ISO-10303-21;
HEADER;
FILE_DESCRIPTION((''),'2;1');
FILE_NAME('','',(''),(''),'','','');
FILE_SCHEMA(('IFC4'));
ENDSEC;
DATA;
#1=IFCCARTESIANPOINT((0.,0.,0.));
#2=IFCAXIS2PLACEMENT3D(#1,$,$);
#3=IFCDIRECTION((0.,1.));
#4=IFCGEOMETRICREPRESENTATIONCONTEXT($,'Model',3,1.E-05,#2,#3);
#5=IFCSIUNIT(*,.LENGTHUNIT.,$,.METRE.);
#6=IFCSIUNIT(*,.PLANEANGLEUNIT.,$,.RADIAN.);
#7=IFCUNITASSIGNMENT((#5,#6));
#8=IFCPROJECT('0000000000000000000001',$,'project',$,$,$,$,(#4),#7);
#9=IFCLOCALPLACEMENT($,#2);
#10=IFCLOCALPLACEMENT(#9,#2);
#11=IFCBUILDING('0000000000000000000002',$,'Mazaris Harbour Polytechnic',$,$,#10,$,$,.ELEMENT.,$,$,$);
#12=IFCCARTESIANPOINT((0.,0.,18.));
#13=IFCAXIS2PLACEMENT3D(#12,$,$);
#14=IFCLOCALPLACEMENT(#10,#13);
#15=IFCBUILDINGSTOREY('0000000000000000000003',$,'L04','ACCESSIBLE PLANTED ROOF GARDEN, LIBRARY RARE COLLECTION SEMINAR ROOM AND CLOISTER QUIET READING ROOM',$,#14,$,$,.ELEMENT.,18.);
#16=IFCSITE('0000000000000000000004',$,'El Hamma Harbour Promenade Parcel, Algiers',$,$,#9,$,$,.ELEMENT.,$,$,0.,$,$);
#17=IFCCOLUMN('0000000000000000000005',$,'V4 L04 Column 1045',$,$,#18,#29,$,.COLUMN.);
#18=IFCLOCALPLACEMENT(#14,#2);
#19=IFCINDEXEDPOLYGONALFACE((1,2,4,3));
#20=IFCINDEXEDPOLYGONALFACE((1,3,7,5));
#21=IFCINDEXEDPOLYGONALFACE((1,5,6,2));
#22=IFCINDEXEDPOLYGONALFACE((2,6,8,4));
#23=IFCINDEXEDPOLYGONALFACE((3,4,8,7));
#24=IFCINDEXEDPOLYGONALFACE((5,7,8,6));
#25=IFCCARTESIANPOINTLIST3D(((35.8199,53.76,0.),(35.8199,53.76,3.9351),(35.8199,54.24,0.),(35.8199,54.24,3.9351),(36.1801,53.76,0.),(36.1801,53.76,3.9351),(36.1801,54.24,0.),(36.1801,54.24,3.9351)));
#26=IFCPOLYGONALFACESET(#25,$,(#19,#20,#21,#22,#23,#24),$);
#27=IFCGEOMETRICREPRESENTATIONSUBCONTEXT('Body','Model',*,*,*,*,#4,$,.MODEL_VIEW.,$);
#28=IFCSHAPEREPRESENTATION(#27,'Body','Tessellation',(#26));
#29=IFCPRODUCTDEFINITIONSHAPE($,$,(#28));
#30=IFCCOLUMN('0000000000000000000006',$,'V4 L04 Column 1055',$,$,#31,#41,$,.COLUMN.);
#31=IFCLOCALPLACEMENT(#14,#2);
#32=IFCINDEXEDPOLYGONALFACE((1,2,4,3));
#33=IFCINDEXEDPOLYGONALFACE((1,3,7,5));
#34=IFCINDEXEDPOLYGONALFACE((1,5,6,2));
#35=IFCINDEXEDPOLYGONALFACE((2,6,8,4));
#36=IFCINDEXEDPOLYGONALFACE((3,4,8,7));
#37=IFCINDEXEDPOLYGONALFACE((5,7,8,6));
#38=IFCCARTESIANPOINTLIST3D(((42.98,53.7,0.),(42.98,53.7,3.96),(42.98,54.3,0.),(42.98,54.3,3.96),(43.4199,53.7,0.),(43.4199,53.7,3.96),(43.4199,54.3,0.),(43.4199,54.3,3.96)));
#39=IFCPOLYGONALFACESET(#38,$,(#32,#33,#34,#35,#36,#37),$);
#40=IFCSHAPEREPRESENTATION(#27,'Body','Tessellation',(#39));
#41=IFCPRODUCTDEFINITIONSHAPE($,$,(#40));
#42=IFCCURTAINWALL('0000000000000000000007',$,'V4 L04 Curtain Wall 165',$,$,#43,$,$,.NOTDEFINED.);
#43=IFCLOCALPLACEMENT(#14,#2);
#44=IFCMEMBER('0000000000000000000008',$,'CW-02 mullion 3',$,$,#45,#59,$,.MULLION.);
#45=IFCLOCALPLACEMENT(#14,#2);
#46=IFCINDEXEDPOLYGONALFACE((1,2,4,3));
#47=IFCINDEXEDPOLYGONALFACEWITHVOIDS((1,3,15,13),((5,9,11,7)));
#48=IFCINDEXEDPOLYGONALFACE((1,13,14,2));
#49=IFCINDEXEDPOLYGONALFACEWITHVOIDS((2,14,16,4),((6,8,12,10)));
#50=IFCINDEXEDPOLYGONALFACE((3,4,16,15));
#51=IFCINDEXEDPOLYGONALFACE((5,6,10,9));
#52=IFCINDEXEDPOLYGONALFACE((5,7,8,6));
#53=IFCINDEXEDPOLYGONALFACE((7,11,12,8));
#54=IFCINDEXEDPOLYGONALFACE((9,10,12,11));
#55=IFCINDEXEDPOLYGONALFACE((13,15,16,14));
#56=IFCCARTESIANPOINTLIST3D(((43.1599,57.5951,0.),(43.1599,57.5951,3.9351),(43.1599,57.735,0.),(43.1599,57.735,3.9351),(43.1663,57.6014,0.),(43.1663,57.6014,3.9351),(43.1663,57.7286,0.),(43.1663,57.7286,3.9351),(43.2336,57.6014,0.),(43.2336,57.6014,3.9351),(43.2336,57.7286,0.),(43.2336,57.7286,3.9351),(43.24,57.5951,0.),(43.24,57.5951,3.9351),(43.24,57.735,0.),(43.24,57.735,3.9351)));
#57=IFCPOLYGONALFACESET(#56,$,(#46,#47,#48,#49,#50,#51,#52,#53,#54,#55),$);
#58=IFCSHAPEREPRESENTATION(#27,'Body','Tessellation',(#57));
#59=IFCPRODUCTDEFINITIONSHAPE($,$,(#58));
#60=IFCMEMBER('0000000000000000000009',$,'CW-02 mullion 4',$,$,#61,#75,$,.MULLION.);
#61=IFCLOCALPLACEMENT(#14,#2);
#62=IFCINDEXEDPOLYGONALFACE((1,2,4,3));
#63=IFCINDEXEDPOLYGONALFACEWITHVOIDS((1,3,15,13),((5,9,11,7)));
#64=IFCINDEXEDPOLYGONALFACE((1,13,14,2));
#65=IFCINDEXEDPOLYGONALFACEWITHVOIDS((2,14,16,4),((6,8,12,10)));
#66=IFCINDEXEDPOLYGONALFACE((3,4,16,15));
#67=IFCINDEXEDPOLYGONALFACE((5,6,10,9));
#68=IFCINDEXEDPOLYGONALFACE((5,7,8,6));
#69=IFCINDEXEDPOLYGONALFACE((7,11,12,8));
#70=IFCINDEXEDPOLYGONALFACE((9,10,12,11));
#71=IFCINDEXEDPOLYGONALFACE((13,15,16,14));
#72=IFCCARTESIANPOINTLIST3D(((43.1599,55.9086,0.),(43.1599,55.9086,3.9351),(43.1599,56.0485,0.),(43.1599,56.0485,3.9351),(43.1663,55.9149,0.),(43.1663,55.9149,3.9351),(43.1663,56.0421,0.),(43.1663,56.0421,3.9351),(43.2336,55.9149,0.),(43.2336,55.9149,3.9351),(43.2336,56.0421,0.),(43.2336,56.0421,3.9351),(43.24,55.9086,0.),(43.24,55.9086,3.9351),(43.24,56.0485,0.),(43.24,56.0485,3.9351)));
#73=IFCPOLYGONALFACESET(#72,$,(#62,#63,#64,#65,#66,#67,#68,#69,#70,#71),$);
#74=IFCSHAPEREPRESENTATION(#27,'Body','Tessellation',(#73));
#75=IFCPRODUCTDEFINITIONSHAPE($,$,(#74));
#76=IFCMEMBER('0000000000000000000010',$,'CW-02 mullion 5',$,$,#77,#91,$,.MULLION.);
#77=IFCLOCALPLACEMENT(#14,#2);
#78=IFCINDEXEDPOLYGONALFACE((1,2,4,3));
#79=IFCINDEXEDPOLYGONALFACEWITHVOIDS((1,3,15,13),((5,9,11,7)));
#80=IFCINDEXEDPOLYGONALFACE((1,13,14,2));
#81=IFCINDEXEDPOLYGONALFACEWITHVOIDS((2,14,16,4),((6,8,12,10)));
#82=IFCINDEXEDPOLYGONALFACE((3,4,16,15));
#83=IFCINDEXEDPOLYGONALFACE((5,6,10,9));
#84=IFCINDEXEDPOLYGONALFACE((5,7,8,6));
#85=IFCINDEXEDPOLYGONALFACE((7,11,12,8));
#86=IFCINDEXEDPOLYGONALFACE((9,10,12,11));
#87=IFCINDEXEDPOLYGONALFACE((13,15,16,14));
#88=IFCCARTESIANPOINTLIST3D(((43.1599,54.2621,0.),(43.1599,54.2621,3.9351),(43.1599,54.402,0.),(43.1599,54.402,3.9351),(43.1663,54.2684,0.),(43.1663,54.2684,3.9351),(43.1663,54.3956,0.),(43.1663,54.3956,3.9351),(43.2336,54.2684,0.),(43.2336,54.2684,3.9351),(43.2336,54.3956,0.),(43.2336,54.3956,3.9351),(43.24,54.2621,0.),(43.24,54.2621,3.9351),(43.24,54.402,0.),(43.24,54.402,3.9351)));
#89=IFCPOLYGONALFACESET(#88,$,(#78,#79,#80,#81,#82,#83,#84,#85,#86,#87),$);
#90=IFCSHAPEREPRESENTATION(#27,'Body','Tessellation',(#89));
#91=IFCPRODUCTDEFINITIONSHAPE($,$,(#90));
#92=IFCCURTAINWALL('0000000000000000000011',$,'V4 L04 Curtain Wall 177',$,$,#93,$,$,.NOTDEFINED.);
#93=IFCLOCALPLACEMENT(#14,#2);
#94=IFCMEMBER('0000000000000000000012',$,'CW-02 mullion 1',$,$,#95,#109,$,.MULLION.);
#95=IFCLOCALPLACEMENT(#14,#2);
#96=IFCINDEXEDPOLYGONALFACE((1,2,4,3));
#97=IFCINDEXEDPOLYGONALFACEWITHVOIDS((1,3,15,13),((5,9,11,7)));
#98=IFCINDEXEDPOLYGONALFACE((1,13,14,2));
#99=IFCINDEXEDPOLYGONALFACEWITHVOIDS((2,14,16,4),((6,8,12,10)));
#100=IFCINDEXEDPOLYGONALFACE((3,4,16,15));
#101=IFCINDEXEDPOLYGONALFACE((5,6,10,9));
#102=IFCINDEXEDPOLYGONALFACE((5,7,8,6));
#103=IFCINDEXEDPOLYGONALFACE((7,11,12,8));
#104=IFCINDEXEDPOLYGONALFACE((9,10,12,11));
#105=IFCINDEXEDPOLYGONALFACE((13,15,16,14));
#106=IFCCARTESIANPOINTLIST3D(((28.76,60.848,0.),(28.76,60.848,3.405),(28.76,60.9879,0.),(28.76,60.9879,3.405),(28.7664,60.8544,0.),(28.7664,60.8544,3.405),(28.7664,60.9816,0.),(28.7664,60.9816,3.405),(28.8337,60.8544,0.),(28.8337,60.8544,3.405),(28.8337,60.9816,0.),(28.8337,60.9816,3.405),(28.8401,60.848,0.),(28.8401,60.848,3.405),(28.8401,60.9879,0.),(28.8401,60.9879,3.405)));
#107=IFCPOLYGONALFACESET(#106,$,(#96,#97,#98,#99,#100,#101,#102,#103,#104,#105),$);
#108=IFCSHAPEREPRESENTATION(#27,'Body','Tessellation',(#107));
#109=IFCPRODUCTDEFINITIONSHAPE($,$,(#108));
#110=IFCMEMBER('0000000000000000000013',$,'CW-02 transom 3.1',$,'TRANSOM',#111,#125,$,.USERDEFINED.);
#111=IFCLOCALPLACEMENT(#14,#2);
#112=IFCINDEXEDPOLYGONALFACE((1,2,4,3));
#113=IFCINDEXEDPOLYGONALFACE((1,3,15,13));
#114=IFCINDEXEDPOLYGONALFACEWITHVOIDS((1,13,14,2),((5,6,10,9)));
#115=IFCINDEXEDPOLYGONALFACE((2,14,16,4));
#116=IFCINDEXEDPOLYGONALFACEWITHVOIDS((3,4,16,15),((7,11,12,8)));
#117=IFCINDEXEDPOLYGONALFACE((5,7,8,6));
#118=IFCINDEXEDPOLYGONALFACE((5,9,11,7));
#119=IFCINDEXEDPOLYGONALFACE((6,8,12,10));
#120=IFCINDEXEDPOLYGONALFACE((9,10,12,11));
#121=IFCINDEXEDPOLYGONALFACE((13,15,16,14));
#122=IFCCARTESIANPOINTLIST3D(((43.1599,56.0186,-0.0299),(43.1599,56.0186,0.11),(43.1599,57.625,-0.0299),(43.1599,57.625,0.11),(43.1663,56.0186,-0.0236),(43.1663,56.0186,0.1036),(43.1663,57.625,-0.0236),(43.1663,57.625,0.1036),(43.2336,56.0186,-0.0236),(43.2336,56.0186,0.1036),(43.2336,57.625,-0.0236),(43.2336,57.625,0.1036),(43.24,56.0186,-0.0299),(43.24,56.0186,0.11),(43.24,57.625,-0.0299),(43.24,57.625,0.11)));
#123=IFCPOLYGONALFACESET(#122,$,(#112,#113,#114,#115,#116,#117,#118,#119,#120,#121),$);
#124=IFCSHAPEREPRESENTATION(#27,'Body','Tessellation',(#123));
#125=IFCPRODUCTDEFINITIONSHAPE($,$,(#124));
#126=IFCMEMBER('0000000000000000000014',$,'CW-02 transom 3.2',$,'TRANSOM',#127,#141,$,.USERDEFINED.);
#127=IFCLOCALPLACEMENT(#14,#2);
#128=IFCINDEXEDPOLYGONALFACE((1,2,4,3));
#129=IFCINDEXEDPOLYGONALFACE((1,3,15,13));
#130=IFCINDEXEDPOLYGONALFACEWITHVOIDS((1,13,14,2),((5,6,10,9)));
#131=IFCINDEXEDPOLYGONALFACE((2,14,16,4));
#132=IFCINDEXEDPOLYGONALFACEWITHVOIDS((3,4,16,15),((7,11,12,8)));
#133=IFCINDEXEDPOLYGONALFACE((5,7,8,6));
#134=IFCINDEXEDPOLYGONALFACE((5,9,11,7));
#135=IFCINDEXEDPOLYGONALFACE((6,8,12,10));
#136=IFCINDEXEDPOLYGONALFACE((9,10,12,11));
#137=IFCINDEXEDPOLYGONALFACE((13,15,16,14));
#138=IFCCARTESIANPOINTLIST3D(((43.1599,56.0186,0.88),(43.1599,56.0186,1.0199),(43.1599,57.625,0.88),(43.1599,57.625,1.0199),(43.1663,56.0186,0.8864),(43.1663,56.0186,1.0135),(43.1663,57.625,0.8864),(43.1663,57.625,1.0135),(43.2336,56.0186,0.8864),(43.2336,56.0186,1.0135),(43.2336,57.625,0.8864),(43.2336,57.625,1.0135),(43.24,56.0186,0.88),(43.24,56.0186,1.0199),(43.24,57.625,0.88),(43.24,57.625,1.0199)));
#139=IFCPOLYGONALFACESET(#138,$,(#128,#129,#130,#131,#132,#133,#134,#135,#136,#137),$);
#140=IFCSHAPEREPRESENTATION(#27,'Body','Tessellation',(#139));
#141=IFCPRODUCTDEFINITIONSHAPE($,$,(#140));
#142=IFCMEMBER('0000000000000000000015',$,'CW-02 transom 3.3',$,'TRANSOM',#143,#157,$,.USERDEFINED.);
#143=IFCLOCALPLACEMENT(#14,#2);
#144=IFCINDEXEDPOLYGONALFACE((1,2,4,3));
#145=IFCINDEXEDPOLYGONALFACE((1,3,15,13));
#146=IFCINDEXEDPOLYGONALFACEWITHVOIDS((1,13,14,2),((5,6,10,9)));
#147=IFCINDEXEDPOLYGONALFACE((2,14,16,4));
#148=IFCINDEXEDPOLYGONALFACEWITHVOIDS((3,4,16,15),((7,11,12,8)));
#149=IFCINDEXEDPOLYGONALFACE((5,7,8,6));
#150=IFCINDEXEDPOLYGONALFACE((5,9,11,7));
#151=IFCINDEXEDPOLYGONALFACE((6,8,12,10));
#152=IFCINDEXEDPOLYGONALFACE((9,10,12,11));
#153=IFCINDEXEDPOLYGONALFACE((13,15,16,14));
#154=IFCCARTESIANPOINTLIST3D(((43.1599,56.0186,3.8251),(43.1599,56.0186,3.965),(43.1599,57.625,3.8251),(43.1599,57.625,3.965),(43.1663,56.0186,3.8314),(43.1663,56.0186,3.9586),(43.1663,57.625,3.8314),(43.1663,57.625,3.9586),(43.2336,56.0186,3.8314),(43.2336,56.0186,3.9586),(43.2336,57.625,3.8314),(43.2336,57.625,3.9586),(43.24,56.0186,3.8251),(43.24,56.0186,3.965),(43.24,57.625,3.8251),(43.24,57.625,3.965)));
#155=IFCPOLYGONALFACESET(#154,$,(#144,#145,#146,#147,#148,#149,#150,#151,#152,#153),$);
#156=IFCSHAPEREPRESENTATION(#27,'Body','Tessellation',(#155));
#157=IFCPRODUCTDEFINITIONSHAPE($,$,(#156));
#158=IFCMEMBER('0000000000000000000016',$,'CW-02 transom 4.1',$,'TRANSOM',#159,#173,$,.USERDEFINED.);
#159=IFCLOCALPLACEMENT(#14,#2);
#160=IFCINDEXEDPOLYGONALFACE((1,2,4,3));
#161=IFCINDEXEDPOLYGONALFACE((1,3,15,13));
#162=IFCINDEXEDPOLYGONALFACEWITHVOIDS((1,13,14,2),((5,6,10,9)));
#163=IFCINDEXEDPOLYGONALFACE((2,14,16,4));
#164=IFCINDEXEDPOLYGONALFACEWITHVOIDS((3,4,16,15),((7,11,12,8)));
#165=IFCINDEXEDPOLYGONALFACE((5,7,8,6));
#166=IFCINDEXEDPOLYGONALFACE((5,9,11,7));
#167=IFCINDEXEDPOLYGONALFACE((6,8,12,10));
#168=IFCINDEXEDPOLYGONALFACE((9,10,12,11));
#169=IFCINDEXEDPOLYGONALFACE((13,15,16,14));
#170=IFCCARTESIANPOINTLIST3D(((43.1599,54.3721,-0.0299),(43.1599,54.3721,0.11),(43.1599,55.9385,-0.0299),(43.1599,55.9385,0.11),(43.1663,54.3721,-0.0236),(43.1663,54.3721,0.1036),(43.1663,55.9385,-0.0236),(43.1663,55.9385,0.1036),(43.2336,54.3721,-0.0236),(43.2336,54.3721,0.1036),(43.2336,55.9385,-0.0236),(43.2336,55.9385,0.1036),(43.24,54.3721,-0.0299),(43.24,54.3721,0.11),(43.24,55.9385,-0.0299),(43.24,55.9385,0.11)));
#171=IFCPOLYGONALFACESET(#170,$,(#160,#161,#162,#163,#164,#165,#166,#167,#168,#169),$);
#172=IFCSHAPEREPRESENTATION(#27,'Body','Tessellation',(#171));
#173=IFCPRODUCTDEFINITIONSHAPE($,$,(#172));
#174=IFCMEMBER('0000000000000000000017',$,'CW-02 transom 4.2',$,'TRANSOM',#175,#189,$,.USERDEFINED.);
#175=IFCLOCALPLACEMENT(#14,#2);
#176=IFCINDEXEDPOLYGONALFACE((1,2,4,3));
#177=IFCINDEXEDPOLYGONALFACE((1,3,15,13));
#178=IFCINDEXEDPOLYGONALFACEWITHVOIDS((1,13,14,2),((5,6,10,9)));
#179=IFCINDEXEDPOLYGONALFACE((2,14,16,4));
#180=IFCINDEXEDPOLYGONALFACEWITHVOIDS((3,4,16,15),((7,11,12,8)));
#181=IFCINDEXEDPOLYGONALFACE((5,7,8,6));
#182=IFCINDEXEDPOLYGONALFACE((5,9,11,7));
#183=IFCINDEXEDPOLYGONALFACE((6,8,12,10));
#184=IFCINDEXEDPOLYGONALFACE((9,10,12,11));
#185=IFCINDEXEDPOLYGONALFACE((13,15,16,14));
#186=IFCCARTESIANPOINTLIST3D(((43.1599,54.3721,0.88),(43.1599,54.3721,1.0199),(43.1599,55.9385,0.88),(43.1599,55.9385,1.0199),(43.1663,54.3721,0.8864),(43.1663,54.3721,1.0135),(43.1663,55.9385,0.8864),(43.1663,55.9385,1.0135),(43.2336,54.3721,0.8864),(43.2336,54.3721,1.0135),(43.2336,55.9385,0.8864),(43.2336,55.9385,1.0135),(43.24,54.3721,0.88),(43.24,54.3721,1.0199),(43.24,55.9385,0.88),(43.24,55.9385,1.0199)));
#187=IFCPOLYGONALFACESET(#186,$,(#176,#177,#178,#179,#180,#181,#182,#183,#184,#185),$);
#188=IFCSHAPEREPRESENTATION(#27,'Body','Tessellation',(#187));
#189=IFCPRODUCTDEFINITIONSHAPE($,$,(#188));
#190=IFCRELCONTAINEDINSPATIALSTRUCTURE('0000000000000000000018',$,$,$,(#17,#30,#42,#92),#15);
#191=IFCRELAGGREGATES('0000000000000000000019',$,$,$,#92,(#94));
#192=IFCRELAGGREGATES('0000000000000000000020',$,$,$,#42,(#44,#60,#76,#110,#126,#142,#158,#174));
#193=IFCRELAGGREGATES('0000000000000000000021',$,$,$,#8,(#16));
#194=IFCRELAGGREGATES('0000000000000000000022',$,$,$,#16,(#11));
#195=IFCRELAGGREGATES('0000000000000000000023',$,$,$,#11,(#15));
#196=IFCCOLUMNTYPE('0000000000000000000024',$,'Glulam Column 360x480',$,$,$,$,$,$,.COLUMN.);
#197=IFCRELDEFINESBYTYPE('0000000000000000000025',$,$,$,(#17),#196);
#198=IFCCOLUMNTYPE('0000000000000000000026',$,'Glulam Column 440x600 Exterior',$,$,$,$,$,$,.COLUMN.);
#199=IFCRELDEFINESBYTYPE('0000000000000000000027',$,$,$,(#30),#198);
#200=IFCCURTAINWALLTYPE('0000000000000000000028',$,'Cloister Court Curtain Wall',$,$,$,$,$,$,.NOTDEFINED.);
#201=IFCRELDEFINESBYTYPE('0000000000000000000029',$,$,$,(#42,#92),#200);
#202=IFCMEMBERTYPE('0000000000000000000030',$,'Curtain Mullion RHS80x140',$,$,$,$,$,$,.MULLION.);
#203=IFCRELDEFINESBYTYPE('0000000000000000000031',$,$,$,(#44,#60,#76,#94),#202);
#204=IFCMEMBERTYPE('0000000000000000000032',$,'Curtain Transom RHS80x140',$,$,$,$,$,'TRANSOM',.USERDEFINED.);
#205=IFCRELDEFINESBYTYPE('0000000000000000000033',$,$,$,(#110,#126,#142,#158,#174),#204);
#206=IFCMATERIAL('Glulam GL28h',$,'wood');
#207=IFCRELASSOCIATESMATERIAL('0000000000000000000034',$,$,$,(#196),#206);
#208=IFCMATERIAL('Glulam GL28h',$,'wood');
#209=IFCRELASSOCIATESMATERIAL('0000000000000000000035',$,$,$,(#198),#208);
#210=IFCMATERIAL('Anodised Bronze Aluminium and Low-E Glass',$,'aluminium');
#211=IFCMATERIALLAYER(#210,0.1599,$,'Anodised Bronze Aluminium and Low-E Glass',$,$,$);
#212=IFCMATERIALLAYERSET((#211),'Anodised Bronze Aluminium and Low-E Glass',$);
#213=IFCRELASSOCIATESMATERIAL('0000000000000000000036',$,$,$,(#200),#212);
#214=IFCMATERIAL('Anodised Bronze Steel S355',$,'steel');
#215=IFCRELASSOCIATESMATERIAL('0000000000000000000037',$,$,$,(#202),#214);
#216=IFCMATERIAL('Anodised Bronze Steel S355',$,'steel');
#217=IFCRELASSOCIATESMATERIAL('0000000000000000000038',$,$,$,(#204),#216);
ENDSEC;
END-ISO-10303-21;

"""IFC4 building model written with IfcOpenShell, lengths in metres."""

from ifc_helpers import new_model, si_unit, direction, frame, origin, origin_2d, place, context, subcontext, project, spatial, rectangle, hollow_rectangle, extrude, material, layer, layer_set, material_profile, profile_set, type_object, element, aggregate, save


model = new_model("IFC4")

# Units and contexts
model_context = context("Model", 3, precision=1e-05, world=origin(), true_north=direction((0.0, 1.0)))
body_context = subcontext(model_context, "Body", "Model", "MODEL_VIEW")
ifc_project = project(units=[si_unit("LENGTHUNIT", "METRE"), si_unit("PLANEANGLEUNIT", "RADIAN")], contexts=[model_context])

# Site, building, storey
site_placement = place(None, origin())
site = spatial("IfcSite", under=ifc_project, at=site_placement, Name="El Hamma Harbour Promenade Parcel, Algiers", CompositionType="ELEMENT", RefElevation=0.0)
building_placement = place(site_placement, origin())
building = spatial("IfcBuilding", under=site, at=building_placement, Name="Mazaris Harbour Polytechnic", CompositionType="ELEMENT")
storey_placement = place(building_placement, frame((0.0, 0.0, 18.0)))
storey = spatial("IfcBuildingStorey", under=building, at=storey_placement, Name="L04", Description="ACCESSIBLE PLANTED ROOF GARDEN, LIBRARY RARE COLLECTION SEMINAR ROOM AND CLOISTER QUIET READING ROOM", CompositionType="ELEMENT", Elevation=18.0)

# Columns
ifc_material_1 = material(Name="Glulam GL28h", Category="wood")
ifc_material_profile_1 = material_profile(ifc_material_1, rectangle(XDim=0.3601, YDim=0.48, at=origin_2d()), Name="RECT360x480")
ifc_profile_set_1 = profile_set([ifc_material_profile_1], Name="Glulam GL28h")
column_type_1 = type_object("IfcColumnType", Name="Glulam Column 360x480", PredefinedType="COLUMN", material=ifc_profile_set_1)
column_1_placement = place(storey_placement, frame((36.0, 54.0, 0.0), z_axis=(0.0, 0.0, 1.0), x_axis=(1.0, 0.0, 0.0)))
element("IfcColumn", 1, at=column_1_placement, inside=storey, type_object=column_type_1, Name="V4 L04 Column 1045", PredefinedType="COLUMN", context=body_context, shape_type="SweptSolid", body=[
    extrude(rectangle(XDim=0.3601, YDim=0.48, at=origin_2d()), origin(), (0.0, 0.0, 1.0), 3.9351),
])
ifc_material_2 = material(Name="Glulam GL28h", Category="wood")
ifc_material_profile_2 = material_profile(ifc_material_2, rectangle(XDim=0.4399, YDim=0.6001, at=origin_2d()), Name="RECT440x600")
ifc_profile_set_2 = profile_set([ifc_material_profile_2], Name="Glulam GL28h")
column_type_2 = type_object("IfcColumnType", Name="Glulam Column 440x600 Exterior", PredefinedType="COLUMN", material=ifc_profile_set_2)
column_2_placement = place(storey_placement, frame((43.2, 54.0, 0.0), z_axis=(0.0, 0.0, 1.0), x_axis=(1.0, 0.0, 0.0)))
element("IfcColumn", 2, at=column_2_placement, inside=storey, type_object=column_type_2, Name="V4 L04 Column 1055", PredefinedType="COLUMN", context=body_context, shape_type="SweptSolid", body=[
    extrude(rectangle(XDim=0.4399, YDim=0.6001, at=origin_2d()), origin(), (0.0, 0.0, 1.0), 3.96),
])

# Curtain wall, members
ifc_material_3 = material(Name="Anodised Bronze Aluminium and Low-E Glass", Category="aluminium")
ifc_layer_1 = layer(ifc_material_3, 0.1599, Name="Anodised Bronze Aluminium and Low-E Glass")
ifc_layer_set_1 = layer_set([ifc_layer_1], Name="Anodised Bronze Aluminium and Low-E Glass")
curtain_wall_type = type_object("IfcCurtainWallType", Name="Cloister Court Curtain Wall", PredefinedType="NOTDEFINED", material=ifc_layer_set_1)
curtain_wall_1_placement = place(storey_placement, origin())
curtain_wall_1 = element("IfcCurtainWall", 3, at=curtain_wall_1_placement, inside=storey, type_object=curtain_wall_type, Name="V4 L04 Curtain Wall 165", PredefinedType="NOTDEFINED")
ifc_material_4 = material(Name="Anodised Bronze Steel S355", Category="steel")
ifc_material_profile_3 = material_profile(ifc_material_4, hollow_rectangle(XDim=0.0801, YDim=0.1399, WallThickness=0.0063, at=origin_2d()), Name="RHS 80x140x6.3")
ifc_profile_set_3 = profile_set([ifc_material_profile_3], Name="Anodised Bronze Steel S355")
member_type_1 = type_object("IfcMemberType", Name="Curtain Mullion RHS80x140", PredefinedType="MULLION", material=ifc_profile_set_3)
member_1_placement = place(storey_placement, frame((43.2, 57.665, 0.0), z_axis=(0.0, 0.0, 1.0), x_axis=(1.0, 0.0, 0.0)))
member_1 = element("IfcMember", 4, at=member_1_placement, type_object=member_type_1, Name="CW-02 mullion 3", PredefinedType="MULLION", context=body_context, shape_type="SweptSolid", body=[
    extrude(hollow_rectangle(XDim=0.0801, YDim=0.1399, WallThickness=0.0063, at=origin_2d()), origin(), (0.0, 0.0, 1.0), 3.9351),
])
member_2_placement = place(storey_placement, frame((43.2, 55.9785, 0.0), z_axis=(0.0, 0.0, 1.0), x_axis=(1.0, 0.0, 0.0)))
member_2 = element("IfcMember", 5, at=member_2_placement, type_object=member_type_1, Name="CW-02 mullion 4", PredefinedType="MULLION", context=body_context, shape_type="SweptSolid", body=[
    extrude(hollow_rectangle(XDim=0.0801, YDim=0.1399, WallThickness=0.0063, at=origin_2d()), origin(), (0.0, 0.0, 1.0), 3.9351),
])
member_3_placement = place(storey_placement, frame((43.2, 54.332, 0.0), z_axis=(0.0, 0.0, 1.0), x_axis=(1.0, 0.0, 0.0)))
member_3 = element("IfcMember", 6, at=member_3_placement, type_object=member_type_1, Name="CW-02 mullion 5", PredefinedType="MULLION", context=body_context, shape_type="SweptSolid", body=[
    extrude(hollow_rectangle(XDim=0.0801, YDim=0.1399, WallThickness=0.0063, at=origin_2d()), origin(), (0.0, 0.0, 1.0), 3.9351),
])

# Curtain wall, member
curtain_wall_2_placement = place(storey_placement, origin())
curtain_wall_2 = element("IfcCurtainWall", 7, at=curtain_wall_2_placement, inside=storey, type_object=curtain_wall_type, Name="V4 L04 Curtain Wall 177", PredefinedType="NOTDEFINED")
member_4_placement = place(storey_placement, frame((28.8, 60.918, 0.0), z_axis=(0.0, 0.0, 1.0), x_axis=(1.0, 0.0, 0.0)))
member_4 = element("IfcMember", 8, at=member_4_placement, type_object=member_type_1, Name="CW-02 mullion 1", PredefinedType="MULLION", context=body_context, shape_type="SweptSolid", body=[
    extrude(hollow_rectangle(XDim=0.0801, YDim=0.1399, WallThickness=0.0063, at=origin_2d()), origin(), (0.0, 0.0, 1.0), 3.405),
])

# Members
ifc_material_5 = material(Name="Anodised Bronze Steel S355", Category="steel")
ifc_material_profile_4 = material_profile(ifc_material_5, hollow_rectangle(XDim=0.0801, YDim=0.1399, WallThickness=0.0063, at=origin_2d()), Name="RHS 80x140x6.3")
ifc_profile_set_4 = profile_set([ifc_material_profile_4], Name="Anodised Bronze Steel S355")
member_type_2 = type_object("IfcMemberType", Name="Curtain Transom RHS80x140", ElementType="TRANSOM", PredefinedType="USERDEFINED", material=ifc_profile_set_4)
member_5_placement = place(storey_placement, frame((43.2, 57.625, 0.04), z_axis=(0.0, -1.0, 0.0), x_axis=(1.0, 0.0, 0.0)))
member_5 = element("IfcMember", 9, at=member_5_placement, type_object=member_type_2, Name="CW-02 transom 3.1", ObjectType="TRANSOM", PredefinedType="USERDEFINED", context=body_context, shape_type="SweptSolid", body=[
    extrude(hollow_rectangle(XDim=0.0801, YDim=0.1399, WallThickness=0.0063, at=origin_2d()), origin(), (0.0, 0.0, 1.0), 1.6064),
])
member_6_placement = place(storey_placement, frame((43.2, 57.625, 0.95), z_axis=(0.0, -1.0, 0.0), x_axis=(1.0, 0.0, 0.0)))
member_6 = element("IfcMember", 10, at=member_6_placement, type_object=member_type_2, Name="CW-02 transom 3.2", ObjectType="TRANSOM", PredefinedType="USERDEFINED", context=body_context, shape_type="SweptSolid", body=[
    extrude(hollow_rectangle(XDim=0.0801, YDim=0.1399, WallThickness=0.0063, at=origin_2d()), origin(), (0.0, 0.0, 1.0), 1.6064),
])
member_7_placement = place(storey_placement, frame((43.2, 57.625, 3.895), z_axis=(0.0, -1.0, 0.0), x_axis=(1.0, 0.0, 0.0)))
member_7 = element("IfcMember", 11, at=member_7_placement, type_object=member_type_2, Name="CW-02 transom 3.3", ObjectType="TRANSOM", PredefinedType="USERDEFINED", context=body_context, shape_type="SweptSolid", body=[
    extrude(hollow_rectangle(XDim=0.0801, YDim=0.1399, WallThickness=0.0063, at=origin_2d()), origin(), (0.0, 0.0, 1.0), 1.6064),
])
member_8_placement = place(storey_placement, frame((43.2, 55.9385, 0.04), z_axis=(0.0, -1.0, 0.0), x_axis=(1.0, 0.0, 0.0)))
member_8 = element("IfcMember", 12, at=member_8_placement, type_object=member_type_2, Name="CW-02 transom 4.1", ObjectType="TRANSOM", PredefinedType="USERDEFINED", context=body_context, shape_type="SweptSolid", body=[
    extrude(hollow_rectangle(XDim=0.0801, YDim=0.1399, WallThickness=0.0063, at=origin_2d()), origin(), (0.0, 0.0, 1.0), 1.5664),
])
member_9_placement = place(storey_placement, frame((43.2, 55.9385, 0.95), z_axis=(0.0, -1.0, 0.0), x_axis=(1.0, 0.0, 0.0)))
member_9 = element("IfcMember", 13, at=member_9_placement, type_object=member_type_2, Name="CW-02 transom 4.2", ObjectType="TRANSOM", PredefinedType="USERDEFINED", context=body_context, shape_type="SweptSolid", body=[
    extrude(hollow_rectangle(XDim=0.0801, YDim=0.1399, WallThickness=0.0063, at=origin_2d()), origin(), (0.0, 0.0, 1.0), 1.5664),
])
aggregate(curtain_wall_2, [member_4])

aggregate(curtain_wall_1, [member_1, member_2, member_3, member_5, member_6, member_7, member_8, member_9])

save(model, "model.ifc")
